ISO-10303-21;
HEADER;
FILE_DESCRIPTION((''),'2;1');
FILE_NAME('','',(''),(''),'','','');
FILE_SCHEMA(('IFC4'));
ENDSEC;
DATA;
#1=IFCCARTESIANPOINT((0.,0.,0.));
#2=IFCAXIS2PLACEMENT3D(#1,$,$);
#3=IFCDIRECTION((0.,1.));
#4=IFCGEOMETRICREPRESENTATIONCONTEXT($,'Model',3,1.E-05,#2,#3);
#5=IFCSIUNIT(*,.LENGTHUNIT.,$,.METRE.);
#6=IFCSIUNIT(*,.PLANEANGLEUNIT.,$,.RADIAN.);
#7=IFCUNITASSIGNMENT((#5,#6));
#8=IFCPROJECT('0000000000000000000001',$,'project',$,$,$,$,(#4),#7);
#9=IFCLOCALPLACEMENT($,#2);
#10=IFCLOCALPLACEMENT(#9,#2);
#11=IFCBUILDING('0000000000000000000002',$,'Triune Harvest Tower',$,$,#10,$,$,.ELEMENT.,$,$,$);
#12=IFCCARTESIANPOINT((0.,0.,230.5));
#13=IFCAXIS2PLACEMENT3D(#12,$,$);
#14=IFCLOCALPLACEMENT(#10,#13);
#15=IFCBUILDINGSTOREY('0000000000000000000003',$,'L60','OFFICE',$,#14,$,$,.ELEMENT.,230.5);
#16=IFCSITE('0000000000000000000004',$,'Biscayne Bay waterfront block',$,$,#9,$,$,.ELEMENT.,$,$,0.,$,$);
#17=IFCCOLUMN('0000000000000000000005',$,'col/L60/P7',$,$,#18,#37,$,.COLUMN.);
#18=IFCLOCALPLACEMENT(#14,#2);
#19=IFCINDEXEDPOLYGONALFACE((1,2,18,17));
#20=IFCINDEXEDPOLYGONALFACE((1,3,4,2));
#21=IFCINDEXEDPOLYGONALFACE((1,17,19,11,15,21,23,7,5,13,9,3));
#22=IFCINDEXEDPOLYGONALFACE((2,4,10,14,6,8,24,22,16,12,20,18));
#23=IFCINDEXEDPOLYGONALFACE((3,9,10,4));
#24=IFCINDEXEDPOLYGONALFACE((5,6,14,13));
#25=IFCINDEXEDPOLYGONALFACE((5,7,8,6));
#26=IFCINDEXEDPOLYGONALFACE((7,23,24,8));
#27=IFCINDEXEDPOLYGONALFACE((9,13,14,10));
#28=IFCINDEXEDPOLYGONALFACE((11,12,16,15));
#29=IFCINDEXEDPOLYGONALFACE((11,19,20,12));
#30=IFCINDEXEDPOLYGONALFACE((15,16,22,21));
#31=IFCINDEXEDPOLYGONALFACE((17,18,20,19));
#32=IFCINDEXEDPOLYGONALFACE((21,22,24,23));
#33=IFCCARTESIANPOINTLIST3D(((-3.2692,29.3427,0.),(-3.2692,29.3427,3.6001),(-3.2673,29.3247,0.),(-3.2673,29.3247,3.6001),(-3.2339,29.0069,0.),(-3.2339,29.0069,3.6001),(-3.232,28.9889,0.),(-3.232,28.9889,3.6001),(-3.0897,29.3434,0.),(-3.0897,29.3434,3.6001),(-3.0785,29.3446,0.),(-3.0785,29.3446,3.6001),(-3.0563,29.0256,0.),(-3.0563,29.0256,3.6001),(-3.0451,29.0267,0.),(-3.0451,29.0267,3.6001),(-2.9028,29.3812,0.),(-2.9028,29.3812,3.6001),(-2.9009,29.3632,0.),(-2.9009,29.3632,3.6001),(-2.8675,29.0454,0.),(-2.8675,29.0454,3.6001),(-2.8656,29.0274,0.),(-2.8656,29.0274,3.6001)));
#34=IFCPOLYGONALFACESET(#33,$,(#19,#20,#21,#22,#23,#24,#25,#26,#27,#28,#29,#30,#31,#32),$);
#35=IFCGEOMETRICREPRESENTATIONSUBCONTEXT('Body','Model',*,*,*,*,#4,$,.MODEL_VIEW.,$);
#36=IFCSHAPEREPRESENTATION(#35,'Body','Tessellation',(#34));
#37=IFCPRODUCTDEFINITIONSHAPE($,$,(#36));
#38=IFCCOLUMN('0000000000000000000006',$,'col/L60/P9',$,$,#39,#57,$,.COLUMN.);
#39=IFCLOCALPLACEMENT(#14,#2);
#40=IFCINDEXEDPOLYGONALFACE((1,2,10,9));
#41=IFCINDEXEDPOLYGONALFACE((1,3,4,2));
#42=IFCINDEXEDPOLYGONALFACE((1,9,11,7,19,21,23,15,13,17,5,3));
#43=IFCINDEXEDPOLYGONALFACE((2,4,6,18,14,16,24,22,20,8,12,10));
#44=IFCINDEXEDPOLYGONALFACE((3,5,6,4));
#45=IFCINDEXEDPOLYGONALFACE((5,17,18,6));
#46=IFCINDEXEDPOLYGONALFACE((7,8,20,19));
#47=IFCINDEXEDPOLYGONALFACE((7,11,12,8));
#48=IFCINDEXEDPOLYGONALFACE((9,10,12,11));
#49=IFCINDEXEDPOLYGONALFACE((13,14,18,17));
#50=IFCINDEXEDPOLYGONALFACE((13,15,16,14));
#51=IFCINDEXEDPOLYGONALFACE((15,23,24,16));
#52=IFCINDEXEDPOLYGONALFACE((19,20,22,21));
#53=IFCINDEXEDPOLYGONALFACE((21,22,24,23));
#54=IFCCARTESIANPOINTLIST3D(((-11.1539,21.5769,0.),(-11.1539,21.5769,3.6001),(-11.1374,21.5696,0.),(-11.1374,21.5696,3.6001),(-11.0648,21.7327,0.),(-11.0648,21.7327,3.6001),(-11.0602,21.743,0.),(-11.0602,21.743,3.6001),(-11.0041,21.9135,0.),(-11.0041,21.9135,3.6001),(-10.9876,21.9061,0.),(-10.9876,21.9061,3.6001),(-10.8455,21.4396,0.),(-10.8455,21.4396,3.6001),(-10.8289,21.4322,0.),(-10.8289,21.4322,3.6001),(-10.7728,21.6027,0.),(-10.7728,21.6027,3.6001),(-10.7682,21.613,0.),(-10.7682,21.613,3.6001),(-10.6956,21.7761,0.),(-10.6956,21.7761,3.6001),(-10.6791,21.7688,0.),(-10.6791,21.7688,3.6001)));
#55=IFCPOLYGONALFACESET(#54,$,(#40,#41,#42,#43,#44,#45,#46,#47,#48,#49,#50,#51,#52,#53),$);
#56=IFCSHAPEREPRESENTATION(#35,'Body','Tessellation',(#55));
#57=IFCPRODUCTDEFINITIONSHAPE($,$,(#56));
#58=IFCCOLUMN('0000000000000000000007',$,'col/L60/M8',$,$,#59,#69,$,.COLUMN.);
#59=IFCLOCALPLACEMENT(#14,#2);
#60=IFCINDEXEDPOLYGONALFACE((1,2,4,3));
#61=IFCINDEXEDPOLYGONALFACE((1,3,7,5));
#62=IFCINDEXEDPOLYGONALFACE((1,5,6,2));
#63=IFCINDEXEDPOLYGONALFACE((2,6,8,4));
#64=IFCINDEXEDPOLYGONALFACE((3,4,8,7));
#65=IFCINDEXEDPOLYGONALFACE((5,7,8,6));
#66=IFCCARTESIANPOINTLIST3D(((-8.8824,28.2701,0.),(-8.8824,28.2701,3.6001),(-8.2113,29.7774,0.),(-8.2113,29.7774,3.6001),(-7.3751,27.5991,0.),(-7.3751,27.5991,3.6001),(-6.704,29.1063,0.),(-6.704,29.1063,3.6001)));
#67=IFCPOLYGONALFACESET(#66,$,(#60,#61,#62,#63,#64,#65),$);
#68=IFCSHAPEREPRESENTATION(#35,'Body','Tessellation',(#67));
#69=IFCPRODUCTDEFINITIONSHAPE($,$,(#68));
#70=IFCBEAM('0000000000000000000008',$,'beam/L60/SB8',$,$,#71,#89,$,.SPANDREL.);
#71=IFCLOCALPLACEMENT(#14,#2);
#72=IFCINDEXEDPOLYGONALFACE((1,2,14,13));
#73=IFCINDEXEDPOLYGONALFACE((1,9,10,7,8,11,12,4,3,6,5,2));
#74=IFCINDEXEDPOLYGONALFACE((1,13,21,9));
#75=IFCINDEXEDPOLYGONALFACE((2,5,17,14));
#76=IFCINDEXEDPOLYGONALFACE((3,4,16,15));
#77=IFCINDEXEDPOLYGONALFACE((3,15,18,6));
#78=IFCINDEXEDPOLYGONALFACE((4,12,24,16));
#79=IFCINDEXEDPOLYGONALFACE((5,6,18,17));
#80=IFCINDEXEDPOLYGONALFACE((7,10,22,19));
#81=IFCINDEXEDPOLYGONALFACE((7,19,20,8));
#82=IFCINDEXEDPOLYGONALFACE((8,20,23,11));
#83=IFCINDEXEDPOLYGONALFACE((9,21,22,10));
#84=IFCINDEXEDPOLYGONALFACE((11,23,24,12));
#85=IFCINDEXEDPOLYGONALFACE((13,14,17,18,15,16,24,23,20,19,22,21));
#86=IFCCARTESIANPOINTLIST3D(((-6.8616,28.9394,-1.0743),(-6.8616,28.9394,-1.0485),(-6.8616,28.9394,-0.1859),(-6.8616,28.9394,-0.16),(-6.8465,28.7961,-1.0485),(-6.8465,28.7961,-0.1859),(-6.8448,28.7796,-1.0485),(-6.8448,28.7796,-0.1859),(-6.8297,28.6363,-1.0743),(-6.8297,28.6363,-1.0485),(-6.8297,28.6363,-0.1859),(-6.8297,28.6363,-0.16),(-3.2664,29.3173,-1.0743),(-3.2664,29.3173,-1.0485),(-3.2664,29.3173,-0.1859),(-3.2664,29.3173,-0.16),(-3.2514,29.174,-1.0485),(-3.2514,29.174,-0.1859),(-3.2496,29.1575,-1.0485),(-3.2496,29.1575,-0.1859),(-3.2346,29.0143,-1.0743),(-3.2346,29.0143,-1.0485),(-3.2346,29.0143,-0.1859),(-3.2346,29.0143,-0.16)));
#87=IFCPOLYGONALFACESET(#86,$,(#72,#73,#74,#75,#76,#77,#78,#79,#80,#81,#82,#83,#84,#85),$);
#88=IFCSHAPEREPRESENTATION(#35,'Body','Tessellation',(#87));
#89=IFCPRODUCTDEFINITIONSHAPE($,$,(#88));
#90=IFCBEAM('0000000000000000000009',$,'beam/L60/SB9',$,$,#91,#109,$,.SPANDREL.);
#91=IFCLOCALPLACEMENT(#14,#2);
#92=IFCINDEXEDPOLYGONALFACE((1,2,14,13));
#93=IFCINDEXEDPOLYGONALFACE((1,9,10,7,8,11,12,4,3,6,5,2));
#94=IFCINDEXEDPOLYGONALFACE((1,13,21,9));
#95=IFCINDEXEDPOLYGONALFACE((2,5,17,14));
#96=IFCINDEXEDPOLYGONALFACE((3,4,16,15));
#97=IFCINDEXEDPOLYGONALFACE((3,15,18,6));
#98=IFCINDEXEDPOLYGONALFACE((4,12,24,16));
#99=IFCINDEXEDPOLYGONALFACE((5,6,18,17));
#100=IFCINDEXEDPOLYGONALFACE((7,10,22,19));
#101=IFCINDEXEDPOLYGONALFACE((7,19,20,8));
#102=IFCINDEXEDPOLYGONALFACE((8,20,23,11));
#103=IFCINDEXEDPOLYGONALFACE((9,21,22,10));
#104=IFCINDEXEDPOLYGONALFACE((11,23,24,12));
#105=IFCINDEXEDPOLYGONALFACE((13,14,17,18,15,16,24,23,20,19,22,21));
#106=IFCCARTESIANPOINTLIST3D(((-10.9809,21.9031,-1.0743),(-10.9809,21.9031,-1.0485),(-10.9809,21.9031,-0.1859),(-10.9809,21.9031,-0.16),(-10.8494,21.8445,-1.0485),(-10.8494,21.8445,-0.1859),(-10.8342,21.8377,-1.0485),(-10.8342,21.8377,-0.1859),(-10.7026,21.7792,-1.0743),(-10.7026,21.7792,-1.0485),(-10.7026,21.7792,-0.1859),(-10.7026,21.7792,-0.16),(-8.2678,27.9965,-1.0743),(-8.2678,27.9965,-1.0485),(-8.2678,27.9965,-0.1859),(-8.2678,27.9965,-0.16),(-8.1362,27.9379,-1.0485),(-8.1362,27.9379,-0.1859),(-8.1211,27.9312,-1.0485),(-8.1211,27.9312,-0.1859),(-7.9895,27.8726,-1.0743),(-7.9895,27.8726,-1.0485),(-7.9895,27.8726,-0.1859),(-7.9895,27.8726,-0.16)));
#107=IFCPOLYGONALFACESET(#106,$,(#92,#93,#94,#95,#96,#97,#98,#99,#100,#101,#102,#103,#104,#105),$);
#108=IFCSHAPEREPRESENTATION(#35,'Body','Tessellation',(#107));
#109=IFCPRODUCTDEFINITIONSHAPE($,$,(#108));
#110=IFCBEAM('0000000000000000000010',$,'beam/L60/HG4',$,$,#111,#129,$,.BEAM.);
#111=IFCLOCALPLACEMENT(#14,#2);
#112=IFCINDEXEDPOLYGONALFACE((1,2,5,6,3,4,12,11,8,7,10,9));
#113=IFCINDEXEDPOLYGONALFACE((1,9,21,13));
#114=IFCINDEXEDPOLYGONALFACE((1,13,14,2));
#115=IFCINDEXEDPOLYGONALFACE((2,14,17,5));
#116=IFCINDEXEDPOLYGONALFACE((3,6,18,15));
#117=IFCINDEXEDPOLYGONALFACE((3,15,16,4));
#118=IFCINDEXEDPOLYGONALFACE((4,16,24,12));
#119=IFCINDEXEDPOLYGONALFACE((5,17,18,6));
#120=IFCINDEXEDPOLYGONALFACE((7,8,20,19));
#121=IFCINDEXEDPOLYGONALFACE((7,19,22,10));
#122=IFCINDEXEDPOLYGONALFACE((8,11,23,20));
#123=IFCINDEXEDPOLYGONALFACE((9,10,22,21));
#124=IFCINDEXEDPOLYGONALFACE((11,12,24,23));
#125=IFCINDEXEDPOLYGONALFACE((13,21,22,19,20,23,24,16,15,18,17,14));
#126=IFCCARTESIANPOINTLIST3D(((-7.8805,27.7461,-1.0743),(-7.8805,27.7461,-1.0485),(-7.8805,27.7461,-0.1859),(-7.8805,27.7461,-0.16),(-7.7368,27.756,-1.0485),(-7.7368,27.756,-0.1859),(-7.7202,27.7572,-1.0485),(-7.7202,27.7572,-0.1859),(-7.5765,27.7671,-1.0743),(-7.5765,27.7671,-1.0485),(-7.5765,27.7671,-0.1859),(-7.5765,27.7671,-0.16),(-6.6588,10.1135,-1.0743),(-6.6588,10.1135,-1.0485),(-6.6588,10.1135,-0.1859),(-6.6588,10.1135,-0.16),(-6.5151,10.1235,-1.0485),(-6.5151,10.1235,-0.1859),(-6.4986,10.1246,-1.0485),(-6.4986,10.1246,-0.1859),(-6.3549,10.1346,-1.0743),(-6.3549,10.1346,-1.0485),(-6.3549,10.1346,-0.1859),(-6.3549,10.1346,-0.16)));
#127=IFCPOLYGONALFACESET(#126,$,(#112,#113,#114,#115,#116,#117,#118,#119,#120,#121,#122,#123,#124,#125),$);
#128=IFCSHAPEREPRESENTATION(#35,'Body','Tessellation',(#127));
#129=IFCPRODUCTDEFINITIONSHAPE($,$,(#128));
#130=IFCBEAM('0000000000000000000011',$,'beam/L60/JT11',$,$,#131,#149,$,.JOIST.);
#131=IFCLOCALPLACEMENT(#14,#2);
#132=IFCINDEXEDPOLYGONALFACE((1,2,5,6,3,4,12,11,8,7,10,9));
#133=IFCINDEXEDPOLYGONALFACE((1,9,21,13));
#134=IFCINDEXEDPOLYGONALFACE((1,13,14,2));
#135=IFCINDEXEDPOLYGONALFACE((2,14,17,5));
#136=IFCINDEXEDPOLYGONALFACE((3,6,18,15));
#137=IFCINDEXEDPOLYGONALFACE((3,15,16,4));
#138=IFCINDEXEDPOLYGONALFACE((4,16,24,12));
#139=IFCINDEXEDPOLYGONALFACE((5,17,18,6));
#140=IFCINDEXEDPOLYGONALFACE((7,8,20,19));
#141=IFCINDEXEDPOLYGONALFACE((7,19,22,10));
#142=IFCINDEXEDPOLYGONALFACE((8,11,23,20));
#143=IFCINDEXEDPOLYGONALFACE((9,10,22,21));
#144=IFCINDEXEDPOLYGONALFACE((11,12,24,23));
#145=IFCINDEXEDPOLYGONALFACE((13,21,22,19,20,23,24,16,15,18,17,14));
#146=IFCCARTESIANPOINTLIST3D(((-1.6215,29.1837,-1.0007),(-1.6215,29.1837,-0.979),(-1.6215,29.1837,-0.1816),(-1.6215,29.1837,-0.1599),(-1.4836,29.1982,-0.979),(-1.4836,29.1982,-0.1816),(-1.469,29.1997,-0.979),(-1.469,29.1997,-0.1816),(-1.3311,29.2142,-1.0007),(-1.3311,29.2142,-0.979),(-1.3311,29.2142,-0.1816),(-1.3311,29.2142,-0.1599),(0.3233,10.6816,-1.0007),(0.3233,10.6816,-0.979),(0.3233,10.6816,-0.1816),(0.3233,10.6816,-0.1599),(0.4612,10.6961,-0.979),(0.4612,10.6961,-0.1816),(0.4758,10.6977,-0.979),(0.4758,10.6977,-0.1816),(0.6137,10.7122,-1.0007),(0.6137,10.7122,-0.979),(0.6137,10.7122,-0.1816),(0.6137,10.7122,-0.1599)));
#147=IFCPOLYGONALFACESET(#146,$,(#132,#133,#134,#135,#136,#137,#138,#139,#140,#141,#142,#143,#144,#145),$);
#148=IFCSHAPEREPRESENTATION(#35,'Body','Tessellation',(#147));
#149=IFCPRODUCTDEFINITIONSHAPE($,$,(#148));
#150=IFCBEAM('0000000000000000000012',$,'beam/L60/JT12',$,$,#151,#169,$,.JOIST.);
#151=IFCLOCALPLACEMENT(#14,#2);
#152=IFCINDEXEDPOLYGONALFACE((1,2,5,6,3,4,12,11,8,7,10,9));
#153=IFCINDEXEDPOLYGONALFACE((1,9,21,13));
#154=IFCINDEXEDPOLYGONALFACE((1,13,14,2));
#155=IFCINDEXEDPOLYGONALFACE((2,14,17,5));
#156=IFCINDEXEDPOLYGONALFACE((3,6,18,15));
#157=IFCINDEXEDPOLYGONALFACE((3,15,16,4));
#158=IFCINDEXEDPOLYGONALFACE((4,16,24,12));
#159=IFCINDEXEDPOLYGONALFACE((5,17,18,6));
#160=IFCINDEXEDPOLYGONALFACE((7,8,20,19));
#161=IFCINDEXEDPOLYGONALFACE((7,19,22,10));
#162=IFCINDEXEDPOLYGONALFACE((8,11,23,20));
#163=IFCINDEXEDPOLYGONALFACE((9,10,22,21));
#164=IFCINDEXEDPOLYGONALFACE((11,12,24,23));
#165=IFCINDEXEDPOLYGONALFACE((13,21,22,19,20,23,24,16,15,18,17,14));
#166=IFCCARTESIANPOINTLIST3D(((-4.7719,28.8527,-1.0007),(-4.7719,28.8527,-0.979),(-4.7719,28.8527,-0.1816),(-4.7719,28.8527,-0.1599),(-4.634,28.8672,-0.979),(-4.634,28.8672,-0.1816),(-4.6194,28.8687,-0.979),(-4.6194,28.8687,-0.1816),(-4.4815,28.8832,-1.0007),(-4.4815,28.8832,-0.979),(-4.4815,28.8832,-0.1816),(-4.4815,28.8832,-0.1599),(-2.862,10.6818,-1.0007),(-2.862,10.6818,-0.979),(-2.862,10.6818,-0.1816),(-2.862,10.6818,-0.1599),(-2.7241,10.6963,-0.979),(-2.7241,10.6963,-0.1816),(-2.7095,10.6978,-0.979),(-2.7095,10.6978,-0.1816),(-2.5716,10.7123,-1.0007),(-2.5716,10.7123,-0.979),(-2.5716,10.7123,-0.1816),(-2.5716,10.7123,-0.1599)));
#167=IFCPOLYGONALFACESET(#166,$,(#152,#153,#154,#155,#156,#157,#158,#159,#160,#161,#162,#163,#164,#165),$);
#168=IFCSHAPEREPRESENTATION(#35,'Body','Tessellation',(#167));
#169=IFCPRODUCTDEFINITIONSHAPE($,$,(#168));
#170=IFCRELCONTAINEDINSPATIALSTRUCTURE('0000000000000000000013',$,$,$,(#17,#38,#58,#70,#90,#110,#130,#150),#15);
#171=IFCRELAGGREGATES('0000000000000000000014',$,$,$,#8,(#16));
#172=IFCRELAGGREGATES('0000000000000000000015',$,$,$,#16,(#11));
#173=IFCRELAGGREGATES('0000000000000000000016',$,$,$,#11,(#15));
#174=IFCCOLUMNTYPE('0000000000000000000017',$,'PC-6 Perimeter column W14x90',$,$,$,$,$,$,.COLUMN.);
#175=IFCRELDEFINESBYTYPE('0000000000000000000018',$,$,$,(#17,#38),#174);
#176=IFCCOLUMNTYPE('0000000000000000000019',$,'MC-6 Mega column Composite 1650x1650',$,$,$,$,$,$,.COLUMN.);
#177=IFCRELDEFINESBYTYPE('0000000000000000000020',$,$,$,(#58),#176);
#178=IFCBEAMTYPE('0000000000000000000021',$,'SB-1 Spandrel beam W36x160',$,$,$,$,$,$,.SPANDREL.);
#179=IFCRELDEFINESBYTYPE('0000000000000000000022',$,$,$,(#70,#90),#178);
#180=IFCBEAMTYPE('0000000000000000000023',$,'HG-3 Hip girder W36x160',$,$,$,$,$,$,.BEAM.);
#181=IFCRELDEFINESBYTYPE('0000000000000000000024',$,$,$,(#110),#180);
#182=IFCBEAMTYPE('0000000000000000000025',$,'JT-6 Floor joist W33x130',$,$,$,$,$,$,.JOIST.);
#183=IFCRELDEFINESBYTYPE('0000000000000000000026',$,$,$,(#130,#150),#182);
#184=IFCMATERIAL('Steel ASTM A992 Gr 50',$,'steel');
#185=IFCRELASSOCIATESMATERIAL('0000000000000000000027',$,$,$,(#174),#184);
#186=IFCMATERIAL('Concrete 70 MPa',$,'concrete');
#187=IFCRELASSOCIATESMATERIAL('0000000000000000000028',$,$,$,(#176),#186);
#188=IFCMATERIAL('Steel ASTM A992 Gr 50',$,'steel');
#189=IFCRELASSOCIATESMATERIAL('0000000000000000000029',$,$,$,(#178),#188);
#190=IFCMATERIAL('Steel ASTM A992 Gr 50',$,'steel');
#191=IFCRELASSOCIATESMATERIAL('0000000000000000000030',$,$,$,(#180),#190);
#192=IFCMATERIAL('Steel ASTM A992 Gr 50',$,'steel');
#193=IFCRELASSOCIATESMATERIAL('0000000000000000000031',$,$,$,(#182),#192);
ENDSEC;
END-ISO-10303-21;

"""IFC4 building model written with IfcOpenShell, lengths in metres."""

from ifc_helpers import new_model, si_unit, direction, frame, origin, origin_2d, place, context, subcontext, project, spatial, rectangle, i_section, extrude, source, transform, mapped, material, material_profile, profile_set, type_object, element, save


model = new_model("IFC4")

# Units and contexts
model_context = context("Model", 3, precision=1e-05, world=origin(), true_north=direction((0.0, 1.0)))
body_context = subcontext(model_context, "Body", "Model", "MODEL_VIEW")
ifc_project = project(units=[si_unit("LENGTHUNIT", "METRE"), si_unit("PLANEANGLEUNIT", "RADIAN")], contexts=[model_context])

# Site, building, storey
site_placement = place(None, origin())
site = spatial("IfcSite", under=ifc_project, at=site_placement, Name="Biscayne Bay waterfront block", CompositionType="ELEMENT", RefElevation=0.0)
building_placement = place(site_placement, origin())
building = spatial("IfcBuilding", under=site, at=building_placement, Name="Triune Harvest Tower", CompositionType="ELEMENT")
storey_placement = place(building_placement, frame((0.0, 0.0, 230.5)))
storey = spatial("IfcBuildingStorey", under=building, at=storey_placement, Name="L60", Description="OFFICE", CompositionType="ELEMENT", Elevation=230.5)

# Columns
ifc_material_1 = material(Name="Steel ASTM A992 Gr 50", Category="steel")
ifc_material_profile_1 = material_profile(ifc_material_1, i_section(OverallWidth=0.3684, OverallDepth=0.3557, WebThickness=0.0112, FlangeThickness=0.0181, at=origin_2d()), Name="W14x90")
ifc_profile_set_1 = profile_set([ifc_material_profile_1], Name="Steel ASTM A992 Gr 50")
column_type_1 = type_object("IfcColumnType", Name="PC-6 Perimeter column W14x90", PredefinedType="COLUMN", material=ifc_profile_set_1)
shared_shape_1 = source(origin(), body_context, "Body", "SweptSolid", [
    extrude(i_section(OverallWidth=0.3684, OverallDepth=0.3557, WebThickness=0.0112, FlangeThickness=0.0181, at=origin_2d()), origin(), (0.0, 0.0, 1.0), 3.6001),
])
for number, where, z_axis, x_axis, name in (
    (1, (-3.0674, 29.1851, 0.0), (0.0, 0.0, 1.0), (-0.994522, -0.104528, 0.0), "col/L60/P7"),
    (2, (-10.9165, 21.6729, 0.0), (0.0, 0.0, 1.0), (-0.406738, -0.913545, 0.0), "col/L60/P9"),
):
    element("IfcColumn", number, at=place(storey_placement, frame(where, z_axis=z_axis, x_axis=x_axis)), inside=storey, type_object=column_type_1, Name=name, PredefinedType="COLUMN", context=body_context, shape_type="MappedRepresentation", body=[
        mapped(shared_shape_1, transform((0.0, 0.0, 0.0), scale=1.0)),
    ])
ifc_material_2 = material(Name="Concrete 70 MPa", Category="concrete")
ifc_material_profile_2 = material_profile(ifc_material_2, rectangle(XDim=1.6499, YDim=1.6499, at=origin_2d()), Name="Composite 1650x1650")
ifc_profile_set_2 = profile_set([ifc_material_profile_2], Name="Concrete 70 MPa")
column_type_2 = type_object("IfcColumnType", Name="MC-6 Mega column Composite 1650x1650", PredefinedType="COLUMN", material=ifc_profile_set_2)
shared_shape_2 = source(origin(), body_context, "Body", "SweptSolid", [
    extrude(rectangle(XDim=1.6499, YDim=1.6499, at=origin_2d()), origin(), (0.0, 0.0, 1.0), 3.6001),
])
column_placement = place(storey_placement, frame((-7.7932, 28.6882, 0.0), z_axis=(0.0, 0.0, 1.0), x_axis=(-0.406738, -0.913545, 0.0)))
element("IfcColumn", 3, at=column_placement, inside=storey, type_object=column_type_2, Name="col/L60/M8", PredefinedType="COLUMN", context=body_context, shape_type="MappedRepresentation", body=[
    mapped(shared_shape_2, transform((0.0, 0.0, 0.0), scale=1.0)),
])

# Beams
ifc_material_3 = material(Name="Steel ASTM A992 Gr 50", Category="steel")
ifc_material_profile_3 = material_profile(ifc_material_3, i_section(OverallWidth=0.3047, OverallDepth=0.9143, WebThickness=0.0166, FlangeThickness=0.0259, at=origin_2d()), Name="W36x160")
ifc_profile_set_3 = profile_set([ifc_material_profile_3], Name="Steel ASTM A992 Gr 50")
beam_type_1 = type_object("IfcBeamType", Name="SB-1 Spandrel beam W36x160", PredefinedType="SPANDREL", material=ifc_profile_set_3)
shared_shape_3 = source(origin(), body_context, "Body", "SweptSolid", [
    extrude(i_section(OverallWidth=0.3047, OverallDepth=0.9143, WebThickness=0.0166, FlangeThickness=0.0259, at=origin_2d()), origin(), (0.0, 0.0, 1.0), 3.615),
])
beam_1_placement = place(storey_placement, frame((-3.2505, 29.1658, -0.6172), z_axis=(-0.99452, -0.104544, 0.0), x_axis=(0.104544, -0.99452, 0.0)))
element("IfcBeam", 4, at=beam_1_placement, inside=storey, type_object=beam_type_1, Name="beam/L60/SB8", PredefinedType="SPANDREL", context=body_context, shape_type="MappedRepresentation", body=[
    mapped(shared_shape_3, transform((0.0, 0.0, 0.0), scale=1.0)),
])
shared_shape_4 = source(origin(), body_context, "Body", "SweptSolid", [
    extrude(i_section(OverallWidth=0.3047, OverallDepth=0.9143, WebThickness=0.0166, FlangeThickness=0.0259, at=origin_2d()), origin(), (0.0, 0.0, 1.0), 6.6702),
])
beam_2_placement = place(storey_placement, frame((-8.1287, 27.9346, -0.6172), z_axis=(-0.406753, -0.913538, 0.0), x_axis=(0.913538, -0.406753, 0.0)))
element("IfcBeam", 5, at=beam_2_placement, inside=storey, type_object=beam_type_1, Name="beam/L60/SB9", PredefinedType="SPANDREL", context=body_context, shape_type="MappedRepresentation", body=[
    mapped(shared_shape_4, transform((0.0, 0.0, 0.0), scale=1.0)),
])
ifc_material_4 = material(Name="Steel ASTM A992 Gr 50", Category="steel")
ifc_material_profile_4 = material_profile(ifc_material_4, i_section(OverallWidth=0.3047, OverallDepth=0.9143, WebThickness=0.0166, FlangeThickness=0.0259, at=origin_2d()), Name="W36x160")
ifc_profile_set_4 = profile_set([ifc_material_profile_4], Name="Steel ASTM A992 Gr 50")
beam_type_2 = type_object("IfcBeamType", Name="HG-3 Hip girder W36x160", PredefinedType="BEAM", material=ifc_profile_set_4)
shared_shape_5 = source(origin(), body_context, "Body", "SweptSolid", [
    extrude(i_section(OverallWidth=0.3047, OverallDepth=0.9143, WebThickness=0.0166, FlangeThickness=0.0259, at=origin_2d()), origin(), (0.0, 0.0, 1.0), 17.6748),
])
beam_3_placement = place(storey_placement, frame((-7.7285, 27.7566, -0.6172), z_axis=(0.06912, -0.997608, 0.0), x_axis=(0.997608, 0.06912, 0.0)))
element("IfcBeam", 6, at=beam_3_placement, inside=storey, type_object=beam_type_2, Name="beam/L60/HG4", PredefinedType="BEAM", context=body_context, shape_type="MappedRepresentation", body=[
    mapped(shared_shape_5, transform((0.0, 0.0, 0.0), scale=1.0)),
])
ifc_material_5 = material(Name="Steel ASTM A992 Gr 50", Category="steel")
ifc_material_profile_5 = material_profile(ifc_material_5, i_section(OverallWidth=0.292, OverallDepth=0.8408, WebThickness=0.0146, FlangeThickness=0.0217, at=origin_2d()), Name="W33x130")
ifc_profile_set_5 = profile_set([ifc_material_profile_5], Name="Steel ASTM A992 Gr 50")
beam_type_3 = type_object("IfcBeamType", Name="JT-6 Floor joist W33x130", PredefinedType="JOIST", material=ifc_profile_set_5)
shared_shape_6 = source(origin(), body_context, "Body", "SweptSolid", [
    extrude(i_section(OverallWidth=0.292, OverallDepth=0.8408, WebThickness=0.0146, FlangeThickness=0.0217, at=origin_2d()), origin(), (0.0, 0.0, 1.0), 18.604),
])
beam_4_placement = place(storey_placement, frame((-1.4763, 29.199, -0.5803), z_axis=(0.104539, -0.994521, 0.0), x_axis=(0.994521, 0.104539, 0.0)))
element("IfcBeam", 7, at=beam_4_placement, inside=storey, type_object=beam_type_3, Name="beam/L60/JT11", PredefinedType="JOIST", context=body_context, shape_type="MappedRepresentation", body=[
    mapped(shared_shape_6, transform((0.0, 0.0, 0.0), scale=1.0)),
])
shared_shape_7 = source(origin(), body_context, "Body", "SweptSolid", [
    extrude(i_section(OverallWidth=0.292, OverallDepth=0.8408, WebThickness=0.0146, FlangeThickness=0.0217, at=origin_2d()), origin(), (0.0, 0.0, 1.0), 18.271),
])
beam_5_placement = place(storey_placement, frame((-4.6267, 28.8679, -0.5803), z_axis=(0.104532, -0.994521, 0.0), x_axis=(0.994521, 0.104532, 0.0)))
element("IfcBeam", 8, at=beam_5_placement, inside=storey, type_object=beam_type_3, Name="beam/L60/JT12", PredefinedType="JOIST", context=body_context, shape_type="MappedRepresentation", body=[
    mapped(shared_shape_7, transform((0.0, 0.0, 0.0), scale=1.0)),
])

save(model, "model.ifc")
